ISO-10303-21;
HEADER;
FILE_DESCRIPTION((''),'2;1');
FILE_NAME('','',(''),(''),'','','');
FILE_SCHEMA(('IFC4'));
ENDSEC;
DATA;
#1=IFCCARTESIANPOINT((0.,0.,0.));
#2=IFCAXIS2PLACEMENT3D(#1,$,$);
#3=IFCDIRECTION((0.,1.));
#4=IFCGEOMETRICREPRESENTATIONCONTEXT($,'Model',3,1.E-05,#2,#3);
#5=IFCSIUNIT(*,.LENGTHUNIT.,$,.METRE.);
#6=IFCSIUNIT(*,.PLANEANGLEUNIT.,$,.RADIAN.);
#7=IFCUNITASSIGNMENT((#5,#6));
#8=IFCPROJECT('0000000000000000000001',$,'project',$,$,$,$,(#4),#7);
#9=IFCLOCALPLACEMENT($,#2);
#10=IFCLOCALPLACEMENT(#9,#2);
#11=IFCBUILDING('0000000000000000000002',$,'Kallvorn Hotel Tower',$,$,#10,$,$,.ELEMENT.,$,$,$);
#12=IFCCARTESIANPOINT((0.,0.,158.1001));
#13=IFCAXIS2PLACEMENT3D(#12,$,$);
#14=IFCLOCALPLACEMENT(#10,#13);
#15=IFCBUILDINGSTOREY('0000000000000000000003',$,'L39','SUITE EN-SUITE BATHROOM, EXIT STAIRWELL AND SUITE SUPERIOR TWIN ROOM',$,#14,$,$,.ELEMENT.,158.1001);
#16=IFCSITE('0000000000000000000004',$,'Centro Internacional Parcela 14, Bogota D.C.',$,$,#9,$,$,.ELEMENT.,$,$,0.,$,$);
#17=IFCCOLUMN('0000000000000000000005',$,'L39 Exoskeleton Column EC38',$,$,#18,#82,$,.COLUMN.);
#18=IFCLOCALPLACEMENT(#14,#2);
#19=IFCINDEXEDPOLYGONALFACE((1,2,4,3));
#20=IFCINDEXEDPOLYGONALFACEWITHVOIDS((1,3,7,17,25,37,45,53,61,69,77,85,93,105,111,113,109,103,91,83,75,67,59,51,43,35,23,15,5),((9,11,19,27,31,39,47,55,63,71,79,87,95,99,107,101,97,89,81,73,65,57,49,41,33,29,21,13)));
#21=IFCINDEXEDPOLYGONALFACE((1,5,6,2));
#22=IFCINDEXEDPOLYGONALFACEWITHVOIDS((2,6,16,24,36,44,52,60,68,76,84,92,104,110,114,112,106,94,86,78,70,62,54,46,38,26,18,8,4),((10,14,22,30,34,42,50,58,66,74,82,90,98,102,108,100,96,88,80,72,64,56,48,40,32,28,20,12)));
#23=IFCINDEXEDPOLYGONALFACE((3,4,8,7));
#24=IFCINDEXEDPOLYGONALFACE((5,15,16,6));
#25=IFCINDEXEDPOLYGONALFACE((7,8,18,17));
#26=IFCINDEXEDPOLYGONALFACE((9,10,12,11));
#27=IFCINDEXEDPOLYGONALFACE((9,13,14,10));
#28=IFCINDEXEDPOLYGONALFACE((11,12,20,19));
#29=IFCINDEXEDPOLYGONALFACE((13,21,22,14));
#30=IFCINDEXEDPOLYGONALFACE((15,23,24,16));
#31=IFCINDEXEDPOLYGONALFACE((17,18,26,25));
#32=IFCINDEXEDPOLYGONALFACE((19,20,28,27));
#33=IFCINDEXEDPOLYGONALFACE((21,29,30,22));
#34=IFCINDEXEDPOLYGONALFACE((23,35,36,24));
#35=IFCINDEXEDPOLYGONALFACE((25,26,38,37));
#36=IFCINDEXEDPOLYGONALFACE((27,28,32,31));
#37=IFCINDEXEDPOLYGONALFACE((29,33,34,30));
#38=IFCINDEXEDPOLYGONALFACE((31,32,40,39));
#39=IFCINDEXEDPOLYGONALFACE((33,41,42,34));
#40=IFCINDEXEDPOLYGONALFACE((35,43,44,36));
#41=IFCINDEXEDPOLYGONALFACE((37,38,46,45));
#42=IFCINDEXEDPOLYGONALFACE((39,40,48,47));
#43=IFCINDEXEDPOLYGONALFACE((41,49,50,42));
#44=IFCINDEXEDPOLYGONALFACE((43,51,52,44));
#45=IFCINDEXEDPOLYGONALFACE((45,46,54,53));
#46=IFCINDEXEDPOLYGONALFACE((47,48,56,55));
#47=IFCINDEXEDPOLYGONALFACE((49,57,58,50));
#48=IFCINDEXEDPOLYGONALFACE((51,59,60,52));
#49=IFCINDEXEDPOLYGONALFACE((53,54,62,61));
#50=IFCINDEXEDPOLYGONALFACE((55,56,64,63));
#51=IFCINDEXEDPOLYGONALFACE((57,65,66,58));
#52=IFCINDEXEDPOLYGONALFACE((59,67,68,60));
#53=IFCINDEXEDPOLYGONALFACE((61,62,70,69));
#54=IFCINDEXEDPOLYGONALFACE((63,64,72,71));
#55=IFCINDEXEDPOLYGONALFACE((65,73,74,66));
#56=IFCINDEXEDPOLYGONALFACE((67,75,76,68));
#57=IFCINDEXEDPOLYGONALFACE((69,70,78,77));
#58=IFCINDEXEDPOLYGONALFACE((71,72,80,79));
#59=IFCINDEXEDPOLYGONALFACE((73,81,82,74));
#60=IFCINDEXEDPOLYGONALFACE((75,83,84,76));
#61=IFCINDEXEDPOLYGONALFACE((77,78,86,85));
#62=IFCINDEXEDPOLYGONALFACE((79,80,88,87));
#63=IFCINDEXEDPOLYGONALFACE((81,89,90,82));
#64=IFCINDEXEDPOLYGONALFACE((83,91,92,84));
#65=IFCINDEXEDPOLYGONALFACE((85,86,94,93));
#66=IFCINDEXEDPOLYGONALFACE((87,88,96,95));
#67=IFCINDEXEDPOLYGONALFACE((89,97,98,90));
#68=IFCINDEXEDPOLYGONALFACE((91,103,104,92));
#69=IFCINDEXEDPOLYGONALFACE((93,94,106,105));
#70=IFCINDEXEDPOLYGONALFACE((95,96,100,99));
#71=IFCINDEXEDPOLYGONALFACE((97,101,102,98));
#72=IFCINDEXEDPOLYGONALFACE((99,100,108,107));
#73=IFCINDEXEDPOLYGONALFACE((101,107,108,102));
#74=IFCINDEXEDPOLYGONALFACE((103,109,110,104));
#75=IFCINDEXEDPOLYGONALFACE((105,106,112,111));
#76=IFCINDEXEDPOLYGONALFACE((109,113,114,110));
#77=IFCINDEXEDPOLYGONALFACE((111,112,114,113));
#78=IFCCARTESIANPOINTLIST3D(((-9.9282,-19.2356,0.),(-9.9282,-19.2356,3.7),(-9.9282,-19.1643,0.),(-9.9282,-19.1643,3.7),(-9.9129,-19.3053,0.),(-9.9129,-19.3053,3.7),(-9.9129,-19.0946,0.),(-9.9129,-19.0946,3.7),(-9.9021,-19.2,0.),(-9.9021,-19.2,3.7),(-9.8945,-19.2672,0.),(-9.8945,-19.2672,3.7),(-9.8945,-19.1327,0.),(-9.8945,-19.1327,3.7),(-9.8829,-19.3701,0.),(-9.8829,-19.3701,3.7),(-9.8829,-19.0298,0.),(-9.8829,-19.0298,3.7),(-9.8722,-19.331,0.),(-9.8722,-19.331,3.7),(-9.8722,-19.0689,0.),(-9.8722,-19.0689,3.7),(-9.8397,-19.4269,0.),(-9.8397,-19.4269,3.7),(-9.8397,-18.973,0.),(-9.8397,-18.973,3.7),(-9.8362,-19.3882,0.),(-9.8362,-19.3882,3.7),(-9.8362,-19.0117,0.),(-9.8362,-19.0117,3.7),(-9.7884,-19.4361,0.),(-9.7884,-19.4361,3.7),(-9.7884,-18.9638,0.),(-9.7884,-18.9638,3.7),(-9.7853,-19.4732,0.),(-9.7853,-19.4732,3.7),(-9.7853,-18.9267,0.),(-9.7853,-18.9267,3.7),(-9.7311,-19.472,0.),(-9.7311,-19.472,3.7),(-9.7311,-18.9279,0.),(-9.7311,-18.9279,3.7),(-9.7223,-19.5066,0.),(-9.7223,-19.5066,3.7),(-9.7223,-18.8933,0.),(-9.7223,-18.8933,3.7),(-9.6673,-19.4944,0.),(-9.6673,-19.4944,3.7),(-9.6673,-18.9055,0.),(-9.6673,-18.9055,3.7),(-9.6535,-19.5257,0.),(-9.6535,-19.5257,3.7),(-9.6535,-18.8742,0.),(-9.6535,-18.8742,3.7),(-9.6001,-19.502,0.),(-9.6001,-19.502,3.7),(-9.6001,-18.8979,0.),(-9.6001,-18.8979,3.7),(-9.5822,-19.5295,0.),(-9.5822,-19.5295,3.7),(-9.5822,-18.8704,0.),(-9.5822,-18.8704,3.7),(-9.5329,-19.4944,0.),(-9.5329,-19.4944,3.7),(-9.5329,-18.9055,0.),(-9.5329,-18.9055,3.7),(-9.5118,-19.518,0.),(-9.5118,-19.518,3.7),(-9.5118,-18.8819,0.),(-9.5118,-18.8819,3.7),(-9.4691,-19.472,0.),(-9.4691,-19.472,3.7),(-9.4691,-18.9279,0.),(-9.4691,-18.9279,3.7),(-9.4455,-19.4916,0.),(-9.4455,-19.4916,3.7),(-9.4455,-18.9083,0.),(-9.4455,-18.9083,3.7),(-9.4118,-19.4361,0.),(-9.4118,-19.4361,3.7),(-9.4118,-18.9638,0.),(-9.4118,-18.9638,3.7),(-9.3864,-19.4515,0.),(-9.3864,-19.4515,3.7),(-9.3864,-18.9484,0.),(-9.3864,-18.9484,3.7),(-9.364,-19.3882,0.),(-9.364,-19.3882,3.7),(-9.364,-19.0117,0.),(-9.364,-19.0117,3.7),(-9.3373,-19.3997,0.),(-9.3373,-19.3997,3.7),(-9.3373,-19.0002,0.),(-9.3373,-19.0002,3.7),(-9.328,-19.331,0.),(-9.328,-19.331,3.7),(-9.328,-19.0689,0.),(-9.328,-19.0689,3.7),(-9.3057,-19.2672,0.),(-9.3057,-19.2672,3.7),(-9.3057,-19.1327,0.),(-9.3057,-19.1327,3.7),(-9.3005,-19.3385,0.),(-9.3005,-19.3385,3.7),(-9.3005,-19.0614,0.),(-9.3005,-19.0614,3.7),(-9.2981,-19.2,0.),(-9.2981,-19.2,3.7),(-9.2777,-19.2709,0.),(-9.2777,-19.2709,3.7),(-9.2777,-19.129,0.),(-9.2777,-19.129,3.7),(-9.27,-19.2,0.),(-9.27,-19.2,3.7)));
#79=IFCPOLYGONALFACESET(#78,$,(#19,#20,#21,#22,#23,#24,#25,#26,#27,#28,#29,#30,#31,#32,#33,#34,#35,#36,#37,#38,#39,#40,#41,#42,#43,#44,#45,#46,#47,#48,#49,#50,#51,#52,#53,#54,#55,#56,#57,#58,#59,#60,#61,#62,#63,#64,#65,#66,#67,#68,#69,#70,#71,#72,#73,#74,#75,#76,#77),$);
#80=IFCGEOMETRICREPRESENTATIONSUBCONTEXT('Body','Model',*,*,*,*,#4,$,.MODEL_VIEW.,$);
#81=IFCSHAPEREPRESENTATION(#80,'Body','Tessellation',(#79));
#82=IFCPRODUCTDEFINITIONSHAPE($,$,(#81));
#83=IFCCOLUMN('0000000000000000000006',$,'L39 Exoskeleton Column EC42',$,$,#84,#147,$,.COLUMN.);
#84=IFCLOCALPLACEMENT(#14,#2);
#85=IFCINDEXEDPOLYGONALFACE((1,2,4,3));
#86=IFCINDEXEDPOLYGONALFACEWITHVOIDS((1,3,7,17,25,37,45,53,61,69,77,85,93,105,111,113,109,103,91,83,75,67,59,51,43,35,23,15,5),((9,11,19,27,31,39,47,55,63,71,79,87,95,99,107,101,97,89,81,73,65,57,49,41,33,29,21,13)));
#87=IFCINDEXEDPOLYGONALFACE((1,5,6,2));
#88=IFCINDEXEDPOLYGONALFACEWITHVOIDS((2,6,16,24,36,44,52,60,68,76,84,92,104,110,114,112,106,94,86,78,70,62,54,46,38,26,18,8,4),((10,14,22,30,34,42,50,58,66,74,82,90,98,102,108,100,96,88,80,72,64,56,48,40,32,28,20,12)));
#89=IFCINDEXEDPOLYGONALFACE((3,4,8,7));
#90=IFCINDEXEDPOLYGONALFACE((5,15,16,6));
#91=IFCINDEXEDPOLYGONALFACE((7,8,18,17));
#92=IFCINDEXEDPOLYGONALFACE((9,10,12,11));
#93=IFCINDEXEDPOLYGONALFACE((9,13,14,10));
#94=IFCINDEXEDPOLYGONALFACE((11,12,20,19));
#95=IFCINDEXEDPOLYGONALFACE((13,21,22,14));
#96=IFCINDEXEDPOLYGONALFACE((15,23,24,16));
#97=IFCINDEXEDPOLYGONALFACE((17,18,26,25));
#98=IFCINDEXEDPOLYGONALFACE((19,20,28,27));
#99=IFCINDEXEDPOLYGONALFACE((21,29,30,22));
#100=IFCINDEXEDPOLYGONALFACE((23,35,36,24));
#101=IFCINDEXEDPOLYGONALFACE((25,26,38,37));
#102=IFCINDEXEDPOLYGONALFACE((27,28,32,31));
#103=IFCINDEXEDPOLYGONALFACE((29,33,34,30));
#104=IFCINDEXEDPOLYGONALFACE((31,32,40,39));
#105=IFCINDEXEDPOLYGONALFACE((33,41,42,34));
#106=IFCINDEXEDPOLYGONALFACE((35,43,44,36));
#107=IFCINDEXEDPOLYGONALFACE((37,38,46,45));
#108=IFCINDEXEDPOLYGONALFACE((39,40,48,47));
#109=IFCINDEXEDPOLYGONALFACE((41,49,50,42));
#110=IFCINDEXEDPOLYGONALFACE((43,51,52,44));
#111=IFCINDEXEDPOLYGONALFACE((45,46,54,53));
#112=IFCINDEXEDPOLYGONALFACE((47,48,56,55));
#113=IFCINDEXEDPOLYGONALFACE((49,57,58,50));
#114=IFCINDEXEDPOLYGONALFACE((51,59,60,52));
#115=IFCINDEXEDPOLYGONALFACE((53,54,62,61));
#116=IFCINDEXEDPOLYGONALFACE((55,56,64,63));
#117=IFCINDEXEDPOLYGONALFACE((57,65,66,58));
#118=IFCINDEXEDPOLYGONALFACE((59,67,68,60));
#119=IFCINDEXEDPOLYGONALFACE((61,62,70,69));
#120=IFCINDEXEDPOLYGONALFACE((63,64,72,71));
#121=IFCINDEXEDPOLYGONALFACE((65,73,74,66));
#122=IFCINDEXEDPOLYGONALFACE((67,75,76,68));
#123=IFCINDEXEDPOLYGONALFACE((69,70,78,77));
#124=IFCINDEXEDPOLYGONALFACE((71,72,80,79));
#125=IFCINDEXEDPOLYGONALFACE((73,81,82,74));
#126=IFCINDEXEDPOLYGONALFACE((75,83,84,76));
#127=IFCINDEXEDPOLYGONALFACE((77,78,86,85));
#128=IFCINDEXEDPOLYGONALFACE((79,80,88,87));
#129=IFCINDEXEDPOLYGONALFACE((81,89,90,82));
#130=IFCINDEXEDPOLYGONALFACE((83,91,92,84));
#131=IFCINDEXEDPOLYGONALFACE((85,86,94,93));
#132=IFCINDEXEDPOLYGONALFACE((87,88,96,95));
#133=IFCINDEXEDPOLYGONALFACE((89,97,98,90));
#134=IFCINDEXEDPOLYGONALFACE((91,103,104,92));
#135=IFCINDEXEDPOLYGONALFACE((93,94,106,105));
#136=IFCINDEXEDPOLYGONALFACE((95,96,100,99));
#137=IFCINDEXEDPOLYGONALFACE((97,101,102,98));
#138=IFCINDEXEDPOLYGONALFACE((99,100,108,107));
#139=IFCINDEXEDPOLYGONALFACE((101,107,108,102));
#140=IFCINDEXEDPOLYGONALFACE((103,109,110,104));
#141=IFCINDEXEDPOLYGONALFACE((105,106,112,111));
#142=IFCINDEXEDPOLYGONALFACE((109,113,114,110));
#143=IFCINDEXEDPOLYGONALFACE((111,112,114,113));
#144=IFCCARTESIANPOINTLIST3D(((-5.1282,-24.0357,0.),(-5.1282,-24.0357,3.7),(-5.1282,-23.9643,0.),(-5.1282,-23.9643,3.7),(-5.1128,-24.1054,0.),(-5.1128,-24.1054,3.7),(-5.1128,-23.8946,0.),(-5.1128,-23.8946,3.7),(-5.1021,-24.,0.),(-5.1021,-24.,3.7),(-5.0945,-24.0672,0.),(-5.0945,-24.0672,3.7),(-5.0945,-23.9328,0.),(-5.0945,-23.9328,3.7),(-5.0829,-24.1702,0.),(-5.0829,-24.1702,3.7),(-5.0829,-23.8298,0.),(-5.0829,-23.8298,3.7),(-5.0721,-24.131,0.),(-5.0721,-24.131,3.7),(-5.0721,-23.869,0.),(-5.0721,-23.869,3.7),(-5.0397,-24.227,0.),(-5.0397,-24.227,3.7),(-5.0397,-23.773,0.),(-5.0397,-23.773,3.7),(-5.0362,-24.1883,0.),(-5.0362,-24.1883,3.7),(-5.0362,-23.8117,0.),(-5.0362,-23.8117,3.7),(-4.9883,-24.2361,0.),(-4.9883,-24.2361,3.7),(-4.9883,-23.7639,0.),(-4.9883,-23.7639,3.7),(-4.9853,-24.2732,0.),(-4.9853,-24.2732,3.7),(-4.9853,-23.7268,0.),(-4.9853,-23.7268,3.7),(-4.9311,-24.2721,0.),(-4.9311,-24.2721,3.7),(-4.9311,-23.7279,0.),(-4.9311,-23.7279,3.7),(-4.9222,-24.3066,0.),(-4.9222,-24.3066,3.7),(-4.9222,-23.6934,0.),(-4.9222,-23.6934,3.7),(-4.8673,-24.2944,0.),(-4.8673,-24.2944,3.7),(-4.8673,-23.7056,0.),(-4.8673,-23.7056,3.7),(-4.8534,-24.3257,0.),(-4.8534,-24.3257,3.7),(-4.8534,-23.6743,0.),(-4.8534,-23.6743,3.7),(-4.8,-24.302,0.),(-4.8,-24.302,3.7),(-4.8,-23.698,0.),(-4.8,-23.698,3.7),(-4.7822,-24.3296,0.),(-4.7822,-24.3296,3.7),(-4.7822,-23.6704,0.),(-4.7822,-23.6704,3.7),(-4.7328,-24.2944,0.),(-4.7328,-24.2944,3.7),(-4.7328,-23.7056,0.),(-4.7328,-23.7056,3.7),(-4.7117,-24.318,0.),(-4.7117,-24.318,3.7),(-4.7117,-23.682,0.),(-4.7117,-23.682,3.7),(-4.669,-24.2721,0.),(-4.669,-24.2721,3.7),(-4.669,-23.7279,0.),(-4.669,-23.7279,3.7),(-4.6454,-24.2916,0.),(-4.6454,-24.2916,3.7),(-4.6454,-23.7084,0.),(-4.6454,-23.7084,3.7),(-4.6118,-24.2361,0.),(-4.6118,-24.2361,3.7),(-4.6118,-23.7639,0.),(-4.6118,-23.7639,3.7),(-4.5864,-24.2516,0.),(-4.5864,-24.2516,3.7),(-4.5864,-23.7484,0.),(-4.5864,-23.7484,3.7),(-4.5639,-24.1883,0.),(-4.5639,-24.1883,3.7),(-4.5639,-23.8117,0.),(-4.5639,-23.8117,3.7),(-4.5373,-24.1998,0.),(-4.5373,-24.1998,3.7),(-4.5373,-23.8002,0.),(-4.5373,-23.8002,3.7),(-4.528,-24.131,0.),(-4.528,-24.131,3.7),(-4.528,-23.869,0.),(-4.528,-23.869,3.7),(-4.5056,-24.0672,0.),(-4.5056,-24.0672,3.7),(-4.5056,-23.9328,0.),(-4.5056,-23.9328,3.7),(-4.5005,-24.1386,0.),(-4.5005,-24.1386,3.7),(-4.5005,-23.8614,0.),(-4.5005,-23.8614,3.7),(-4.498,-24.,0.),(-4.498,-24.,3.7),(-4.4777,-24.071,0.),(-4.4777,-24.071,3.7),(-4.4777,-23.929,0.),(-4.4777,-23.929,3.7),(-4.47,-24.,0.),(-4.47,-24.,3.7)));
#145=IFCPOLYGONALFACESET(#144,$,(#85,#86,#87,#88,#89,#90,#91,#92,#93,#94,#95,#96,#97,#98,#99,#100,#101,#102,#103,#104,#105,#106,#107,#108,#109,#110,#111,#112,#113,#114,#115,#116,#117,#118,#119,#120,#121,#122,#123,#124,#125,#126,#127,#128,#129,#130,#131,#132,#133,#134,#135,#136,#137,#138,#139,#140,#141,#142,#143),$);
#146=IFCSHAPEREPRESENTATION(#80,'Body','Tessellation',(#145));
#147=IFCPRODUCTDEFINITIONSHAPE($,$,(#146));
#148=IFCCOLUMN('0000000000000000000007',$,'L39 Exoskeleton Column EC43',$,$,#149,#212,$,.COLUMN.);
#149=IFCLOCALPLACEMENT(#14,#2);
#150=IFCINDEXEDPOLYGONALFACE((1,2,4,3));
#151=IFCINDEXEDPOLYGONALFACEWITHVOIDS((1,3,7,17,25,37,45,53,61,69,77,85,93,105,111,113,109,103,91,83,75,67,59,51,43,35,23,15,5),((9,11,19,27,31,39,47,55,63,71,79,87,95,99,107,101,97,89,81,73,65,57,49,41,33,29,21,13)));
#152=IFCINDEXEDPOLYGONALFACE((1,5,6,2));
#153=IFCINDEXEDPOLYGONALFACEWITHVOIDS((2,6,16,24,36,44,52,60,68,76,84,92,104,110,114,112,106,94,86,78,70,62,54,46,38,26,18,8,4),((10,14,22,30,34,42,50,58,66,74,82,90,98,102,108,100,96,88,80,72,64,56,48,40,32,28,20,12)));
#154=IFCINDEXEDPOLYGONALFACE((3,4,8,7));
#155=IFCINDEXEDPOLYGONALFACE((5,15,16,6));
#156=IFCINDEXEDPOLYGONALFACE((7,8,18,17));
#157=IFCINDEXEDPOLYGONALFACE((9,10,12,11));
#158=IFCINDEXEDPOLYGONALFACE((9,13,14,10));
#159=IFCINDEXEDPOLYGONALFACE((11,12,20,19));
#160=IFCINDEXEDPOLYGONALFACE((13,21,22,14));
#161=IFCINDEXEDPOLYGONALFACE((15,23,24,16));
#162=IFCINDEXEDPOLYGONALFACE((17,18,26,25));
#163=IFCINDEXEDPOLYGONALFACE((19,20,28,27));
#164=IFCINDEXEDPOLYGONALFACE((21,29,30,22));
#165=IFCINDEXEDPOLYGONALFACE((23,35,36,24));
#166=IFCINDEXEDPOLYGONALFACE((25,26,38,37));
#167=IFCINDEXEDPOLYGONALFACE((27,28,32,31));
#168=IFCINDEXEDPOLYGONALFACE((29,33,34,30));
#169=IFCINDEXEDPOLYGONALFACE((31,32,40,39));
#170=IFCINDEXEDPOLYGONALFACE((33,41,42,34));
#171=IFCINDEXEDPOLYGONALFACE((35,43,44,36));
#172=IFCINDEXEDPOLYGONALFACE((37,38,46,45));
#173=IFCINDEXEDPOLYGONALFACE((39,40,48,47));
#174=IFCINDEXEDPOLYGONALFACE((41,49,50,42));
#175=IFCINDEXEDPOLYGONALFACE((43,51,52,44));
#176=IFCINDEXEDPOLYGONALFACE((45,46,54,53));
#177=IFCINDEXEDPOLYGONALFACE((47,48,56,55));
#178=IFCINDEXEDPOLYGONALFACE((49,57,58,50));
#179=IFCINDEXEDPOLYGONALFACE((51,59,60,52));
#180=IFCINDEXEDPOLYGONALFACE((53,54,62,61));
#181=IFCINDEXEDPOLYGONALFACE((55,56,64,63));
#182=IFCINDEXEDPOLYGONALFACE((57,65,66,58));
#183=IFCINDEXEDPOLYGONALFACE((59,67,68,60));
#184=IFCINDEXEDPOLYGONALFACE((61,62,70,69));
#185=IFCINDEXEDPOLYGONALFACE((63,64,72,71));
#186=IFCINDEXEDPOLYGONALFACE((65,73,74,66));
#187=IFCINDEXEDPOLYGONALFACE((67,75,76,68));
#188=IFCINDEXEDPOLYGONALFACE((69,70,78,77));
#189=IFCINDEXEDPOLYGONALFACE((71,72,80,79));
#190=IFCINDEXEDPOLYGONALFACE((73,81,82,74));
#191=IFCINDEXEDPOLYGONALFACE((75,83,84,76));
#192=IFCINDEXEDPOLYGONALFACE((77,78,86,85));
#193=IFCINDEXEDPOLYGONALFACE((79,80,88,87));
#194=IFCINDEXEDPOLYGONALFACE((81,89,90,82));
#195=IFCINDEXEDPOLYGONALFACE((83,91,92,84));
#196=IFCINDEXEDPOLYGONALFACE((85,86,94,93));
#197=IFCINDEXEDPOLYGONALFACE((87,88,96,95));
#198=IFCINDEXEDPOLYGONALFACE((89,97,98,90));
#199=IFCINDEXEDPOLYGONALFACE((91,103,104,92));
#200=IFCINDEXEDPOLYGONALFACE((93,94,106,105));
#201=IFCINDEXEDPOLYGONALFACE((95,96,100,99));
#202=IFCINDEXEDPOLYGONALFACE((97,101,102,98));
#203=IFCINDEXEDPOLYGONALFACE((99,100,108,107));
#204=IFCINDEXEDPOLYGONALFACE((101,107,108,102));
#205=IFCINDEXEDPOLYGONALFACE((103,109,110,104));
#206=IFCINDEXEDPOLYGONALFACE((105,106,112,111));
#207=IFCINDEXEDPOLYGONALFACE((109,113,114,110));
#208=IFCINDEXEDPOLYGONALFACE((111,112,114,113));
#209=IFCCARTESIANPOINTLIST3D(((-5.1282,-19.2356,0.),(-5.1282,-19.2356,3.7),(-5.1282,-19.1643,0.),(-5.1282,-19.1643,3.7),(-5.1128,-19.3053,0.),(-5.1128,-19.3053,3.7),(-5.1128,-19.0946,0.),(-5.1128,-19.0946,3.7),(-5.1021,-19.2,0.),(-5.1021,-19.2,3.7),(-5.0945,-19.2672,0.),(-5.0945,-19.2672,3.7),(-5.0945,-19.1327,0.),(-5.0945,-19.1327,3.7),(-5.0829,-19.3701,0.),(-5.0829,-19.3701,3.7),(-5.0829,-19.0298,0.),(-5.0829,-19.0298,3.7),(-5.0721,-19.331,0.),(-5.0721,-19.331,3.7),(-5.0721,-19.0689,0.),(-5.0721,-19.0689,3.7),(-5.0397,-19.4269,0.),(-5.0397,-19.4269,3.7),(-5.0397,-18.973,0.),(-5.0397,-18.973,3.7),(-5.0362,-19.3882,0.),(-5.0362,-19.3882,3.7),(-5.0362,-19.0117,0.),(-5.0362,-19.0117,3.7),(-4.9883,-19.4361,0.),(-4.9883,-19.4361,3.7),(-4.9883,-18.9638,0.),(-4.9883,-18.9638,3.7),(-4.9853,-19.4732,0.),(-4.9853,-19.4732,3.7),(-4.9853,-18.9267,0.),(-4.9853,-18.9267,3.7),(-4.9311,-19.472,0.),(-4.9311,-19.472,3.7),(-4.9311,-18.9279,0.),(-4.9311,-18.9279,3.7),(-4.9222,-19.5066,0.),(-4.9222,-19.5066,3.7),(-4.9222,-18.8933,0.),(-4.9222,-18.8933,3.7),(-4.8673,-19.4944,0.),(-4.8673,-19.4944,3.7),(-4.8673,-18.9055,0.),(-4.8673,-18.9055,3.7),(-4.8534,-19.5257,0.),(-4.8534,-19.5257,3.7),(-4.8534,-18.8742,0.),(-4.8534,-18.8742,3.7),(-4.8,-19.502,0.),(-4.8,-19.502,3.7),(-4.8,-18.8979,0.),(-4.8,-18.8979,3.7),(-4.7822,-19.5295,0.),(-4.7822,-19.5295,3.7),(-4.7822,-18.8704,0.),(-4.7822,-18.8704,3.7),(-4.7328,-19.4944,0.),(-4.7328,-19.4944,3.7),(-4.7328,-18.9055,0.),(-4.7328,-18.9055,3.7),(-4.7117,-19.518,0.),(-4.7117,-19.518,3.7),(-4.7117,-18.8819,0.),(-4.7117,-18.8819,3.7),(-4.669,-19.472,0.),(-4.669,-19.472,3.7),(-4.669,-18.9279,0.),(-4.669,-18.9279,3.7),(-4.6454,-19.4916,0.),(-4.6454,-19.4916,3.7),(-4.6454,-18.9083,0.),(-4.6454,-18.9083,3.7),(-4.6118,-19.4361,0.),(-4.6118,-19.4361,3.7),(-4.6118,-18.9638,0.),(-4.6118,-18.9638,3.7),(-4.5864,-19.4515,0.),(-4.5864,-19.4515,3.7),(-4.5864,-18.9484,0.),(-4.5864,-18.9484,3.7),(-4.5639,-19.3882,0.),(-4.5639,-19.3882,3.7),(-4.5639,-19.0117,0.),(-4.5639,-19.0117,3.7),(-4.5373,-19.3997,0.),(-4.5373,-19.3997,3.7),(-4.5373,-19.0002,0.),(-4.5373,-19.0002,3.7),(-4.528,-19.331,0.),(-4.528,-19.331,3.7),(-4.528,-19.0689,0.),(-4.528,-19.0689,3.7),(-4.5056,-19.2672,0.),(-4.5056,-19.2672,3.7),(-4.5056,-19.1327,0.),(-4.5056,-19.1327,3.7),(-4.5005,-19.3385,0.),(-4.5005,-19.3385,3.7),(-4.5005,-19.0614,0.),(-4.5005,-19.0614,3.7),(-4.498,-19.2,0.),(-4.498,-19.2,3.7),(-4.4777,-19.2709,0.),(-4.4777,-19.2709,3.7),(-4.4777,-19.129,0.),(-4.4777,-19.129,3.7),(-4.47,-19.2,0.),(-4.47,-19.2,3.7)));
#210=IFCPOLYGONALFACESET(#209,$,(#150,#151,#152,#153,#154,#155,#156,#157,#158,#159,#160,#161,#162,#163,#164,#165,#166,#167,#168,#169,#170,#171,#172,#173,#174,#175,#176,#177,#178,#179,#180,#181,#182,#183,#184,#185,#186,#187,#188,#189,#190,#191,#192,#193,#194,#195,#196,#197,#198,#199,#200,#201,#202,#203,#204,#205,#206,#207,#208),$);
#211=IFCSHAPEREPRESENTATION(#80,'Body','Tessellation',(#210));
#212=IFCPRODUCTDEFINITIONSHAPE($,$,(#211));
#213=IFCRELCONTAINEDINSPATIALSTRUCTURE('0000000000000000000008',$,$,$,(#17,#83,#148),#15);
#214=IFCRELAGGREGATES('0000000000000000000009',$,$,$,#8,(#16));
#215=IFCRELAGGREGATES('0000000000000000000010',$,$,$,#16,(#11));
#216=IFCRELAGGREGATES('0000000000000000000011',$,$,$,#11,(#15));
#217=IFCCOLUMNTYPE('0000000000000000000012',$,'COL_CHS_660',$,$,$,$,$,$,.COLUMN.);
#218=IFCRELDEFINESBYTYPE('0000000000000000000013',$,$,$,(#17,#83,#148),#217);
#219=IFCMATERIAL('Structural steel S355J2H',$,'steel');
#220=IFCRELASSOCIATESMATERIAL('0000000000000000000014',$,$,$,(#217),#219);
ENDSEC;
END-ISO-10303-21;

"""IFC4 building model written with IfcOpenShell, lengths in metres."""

from ifc_helpers import new_model, si_unit, direction, frame, origin, origin_2d, place, context, subcontext, project, spatial, hollow_circle, extrude, material, material_profile, profile_set, type_object, element, save


model = new_model("IFC4")

# Units and contexts
model_context = context("Model", 3, precision=1e-05, world=origin(), true_north=direction((0.0, 1.0)))
body_context = subcontext(model_context, "Body", "Model", "MODEL_VIEW")
ifc_project = project(units=[si_unit("LENGTHUNIT", "METRE"), si_unit("PLANEANGLEUNIT", "RADIAN")], contexts=[model_context])

# Site, building, storey
site_placement = place(None, origin())
site = spatial("IfcSite", under=ifc_project, at=site_placement, Name="Centro Internacional Parcela 14, Bogota D.C.", CompositionType="ELEMENT", RefElevation=0.0)
building_placement = place(site_placement, origin())
building = spatial("IfcBuilding", under=site, at=building_placement, Name="Kallvorn Hotel Tower", CompositionType="ELEMENT")
storey_placement = place(building_placement, frame((0.0, 0.0, 158.1001)))
storey = spatial("IfcBuildingStorey", under=building, at=storey_placement, Name="L39", Description="SUITE EN-SUITE BATHROOM, EXIT STAIRWELL AND SUITE SUPERIOR TWIN ROOM", CompositionType="ELEMENT", Elevation=158.1001)

# Columns
ifc_material_1 = material(Name="Structural steel S355J2H", Category="steel")
ifc_material_profile_1 = material_profile(ifc_material_1, hollow_circle(Radius=0.3301, WallThickness=0.0281, at=origin_2d()), Name="CHS 660x28")
ifc_profile_set_1 = profile_set([ifc_material_profile_1], Name="Structural steel S355J2H")
column_type_1 = type_object("IfcColumnType", Name="COL_CHS_660", PredefinedType="COLUMN", material=ifc_profile_set_1)
for number, where, z_axis, x_axis, name in (
    (1, (-9.6001, -19.2, 0.0), (0.0, 0.0, 1.0), (1.0, 0.0, 0.0), "L39 Exoskeleton Column EC38"),
    (2, (-4.8, -24.0, 0.0), (0.0, 0.0, 1.0), (1.0, 0.0, 0.0), "L39 Exoskeleton Column EC42"),
    (3, (-4.8, -19.2, 0.0), (0.0, 0.0, 1.0), (1.0, 0.0, 0.0), "L39 Exoskeleton Column EC43"),
):
    element("IfcColumn", number, at=place(storey_placement, frame(where, z_axis=z_axis, x_axis=x_axis)), inside=storey, type_object=column_type_1, Name=name, PredefinedType="COLUMN", context=body_context, shape_type="SweptSolid", body=[
        extrude(hollow_circle(Radius=0.3301, WallThickness=0.0281, at=origin_2d()), origin(), (0.0, 0.0, 1.0), 3.7),
    ])

save(model, "model.ifc")
